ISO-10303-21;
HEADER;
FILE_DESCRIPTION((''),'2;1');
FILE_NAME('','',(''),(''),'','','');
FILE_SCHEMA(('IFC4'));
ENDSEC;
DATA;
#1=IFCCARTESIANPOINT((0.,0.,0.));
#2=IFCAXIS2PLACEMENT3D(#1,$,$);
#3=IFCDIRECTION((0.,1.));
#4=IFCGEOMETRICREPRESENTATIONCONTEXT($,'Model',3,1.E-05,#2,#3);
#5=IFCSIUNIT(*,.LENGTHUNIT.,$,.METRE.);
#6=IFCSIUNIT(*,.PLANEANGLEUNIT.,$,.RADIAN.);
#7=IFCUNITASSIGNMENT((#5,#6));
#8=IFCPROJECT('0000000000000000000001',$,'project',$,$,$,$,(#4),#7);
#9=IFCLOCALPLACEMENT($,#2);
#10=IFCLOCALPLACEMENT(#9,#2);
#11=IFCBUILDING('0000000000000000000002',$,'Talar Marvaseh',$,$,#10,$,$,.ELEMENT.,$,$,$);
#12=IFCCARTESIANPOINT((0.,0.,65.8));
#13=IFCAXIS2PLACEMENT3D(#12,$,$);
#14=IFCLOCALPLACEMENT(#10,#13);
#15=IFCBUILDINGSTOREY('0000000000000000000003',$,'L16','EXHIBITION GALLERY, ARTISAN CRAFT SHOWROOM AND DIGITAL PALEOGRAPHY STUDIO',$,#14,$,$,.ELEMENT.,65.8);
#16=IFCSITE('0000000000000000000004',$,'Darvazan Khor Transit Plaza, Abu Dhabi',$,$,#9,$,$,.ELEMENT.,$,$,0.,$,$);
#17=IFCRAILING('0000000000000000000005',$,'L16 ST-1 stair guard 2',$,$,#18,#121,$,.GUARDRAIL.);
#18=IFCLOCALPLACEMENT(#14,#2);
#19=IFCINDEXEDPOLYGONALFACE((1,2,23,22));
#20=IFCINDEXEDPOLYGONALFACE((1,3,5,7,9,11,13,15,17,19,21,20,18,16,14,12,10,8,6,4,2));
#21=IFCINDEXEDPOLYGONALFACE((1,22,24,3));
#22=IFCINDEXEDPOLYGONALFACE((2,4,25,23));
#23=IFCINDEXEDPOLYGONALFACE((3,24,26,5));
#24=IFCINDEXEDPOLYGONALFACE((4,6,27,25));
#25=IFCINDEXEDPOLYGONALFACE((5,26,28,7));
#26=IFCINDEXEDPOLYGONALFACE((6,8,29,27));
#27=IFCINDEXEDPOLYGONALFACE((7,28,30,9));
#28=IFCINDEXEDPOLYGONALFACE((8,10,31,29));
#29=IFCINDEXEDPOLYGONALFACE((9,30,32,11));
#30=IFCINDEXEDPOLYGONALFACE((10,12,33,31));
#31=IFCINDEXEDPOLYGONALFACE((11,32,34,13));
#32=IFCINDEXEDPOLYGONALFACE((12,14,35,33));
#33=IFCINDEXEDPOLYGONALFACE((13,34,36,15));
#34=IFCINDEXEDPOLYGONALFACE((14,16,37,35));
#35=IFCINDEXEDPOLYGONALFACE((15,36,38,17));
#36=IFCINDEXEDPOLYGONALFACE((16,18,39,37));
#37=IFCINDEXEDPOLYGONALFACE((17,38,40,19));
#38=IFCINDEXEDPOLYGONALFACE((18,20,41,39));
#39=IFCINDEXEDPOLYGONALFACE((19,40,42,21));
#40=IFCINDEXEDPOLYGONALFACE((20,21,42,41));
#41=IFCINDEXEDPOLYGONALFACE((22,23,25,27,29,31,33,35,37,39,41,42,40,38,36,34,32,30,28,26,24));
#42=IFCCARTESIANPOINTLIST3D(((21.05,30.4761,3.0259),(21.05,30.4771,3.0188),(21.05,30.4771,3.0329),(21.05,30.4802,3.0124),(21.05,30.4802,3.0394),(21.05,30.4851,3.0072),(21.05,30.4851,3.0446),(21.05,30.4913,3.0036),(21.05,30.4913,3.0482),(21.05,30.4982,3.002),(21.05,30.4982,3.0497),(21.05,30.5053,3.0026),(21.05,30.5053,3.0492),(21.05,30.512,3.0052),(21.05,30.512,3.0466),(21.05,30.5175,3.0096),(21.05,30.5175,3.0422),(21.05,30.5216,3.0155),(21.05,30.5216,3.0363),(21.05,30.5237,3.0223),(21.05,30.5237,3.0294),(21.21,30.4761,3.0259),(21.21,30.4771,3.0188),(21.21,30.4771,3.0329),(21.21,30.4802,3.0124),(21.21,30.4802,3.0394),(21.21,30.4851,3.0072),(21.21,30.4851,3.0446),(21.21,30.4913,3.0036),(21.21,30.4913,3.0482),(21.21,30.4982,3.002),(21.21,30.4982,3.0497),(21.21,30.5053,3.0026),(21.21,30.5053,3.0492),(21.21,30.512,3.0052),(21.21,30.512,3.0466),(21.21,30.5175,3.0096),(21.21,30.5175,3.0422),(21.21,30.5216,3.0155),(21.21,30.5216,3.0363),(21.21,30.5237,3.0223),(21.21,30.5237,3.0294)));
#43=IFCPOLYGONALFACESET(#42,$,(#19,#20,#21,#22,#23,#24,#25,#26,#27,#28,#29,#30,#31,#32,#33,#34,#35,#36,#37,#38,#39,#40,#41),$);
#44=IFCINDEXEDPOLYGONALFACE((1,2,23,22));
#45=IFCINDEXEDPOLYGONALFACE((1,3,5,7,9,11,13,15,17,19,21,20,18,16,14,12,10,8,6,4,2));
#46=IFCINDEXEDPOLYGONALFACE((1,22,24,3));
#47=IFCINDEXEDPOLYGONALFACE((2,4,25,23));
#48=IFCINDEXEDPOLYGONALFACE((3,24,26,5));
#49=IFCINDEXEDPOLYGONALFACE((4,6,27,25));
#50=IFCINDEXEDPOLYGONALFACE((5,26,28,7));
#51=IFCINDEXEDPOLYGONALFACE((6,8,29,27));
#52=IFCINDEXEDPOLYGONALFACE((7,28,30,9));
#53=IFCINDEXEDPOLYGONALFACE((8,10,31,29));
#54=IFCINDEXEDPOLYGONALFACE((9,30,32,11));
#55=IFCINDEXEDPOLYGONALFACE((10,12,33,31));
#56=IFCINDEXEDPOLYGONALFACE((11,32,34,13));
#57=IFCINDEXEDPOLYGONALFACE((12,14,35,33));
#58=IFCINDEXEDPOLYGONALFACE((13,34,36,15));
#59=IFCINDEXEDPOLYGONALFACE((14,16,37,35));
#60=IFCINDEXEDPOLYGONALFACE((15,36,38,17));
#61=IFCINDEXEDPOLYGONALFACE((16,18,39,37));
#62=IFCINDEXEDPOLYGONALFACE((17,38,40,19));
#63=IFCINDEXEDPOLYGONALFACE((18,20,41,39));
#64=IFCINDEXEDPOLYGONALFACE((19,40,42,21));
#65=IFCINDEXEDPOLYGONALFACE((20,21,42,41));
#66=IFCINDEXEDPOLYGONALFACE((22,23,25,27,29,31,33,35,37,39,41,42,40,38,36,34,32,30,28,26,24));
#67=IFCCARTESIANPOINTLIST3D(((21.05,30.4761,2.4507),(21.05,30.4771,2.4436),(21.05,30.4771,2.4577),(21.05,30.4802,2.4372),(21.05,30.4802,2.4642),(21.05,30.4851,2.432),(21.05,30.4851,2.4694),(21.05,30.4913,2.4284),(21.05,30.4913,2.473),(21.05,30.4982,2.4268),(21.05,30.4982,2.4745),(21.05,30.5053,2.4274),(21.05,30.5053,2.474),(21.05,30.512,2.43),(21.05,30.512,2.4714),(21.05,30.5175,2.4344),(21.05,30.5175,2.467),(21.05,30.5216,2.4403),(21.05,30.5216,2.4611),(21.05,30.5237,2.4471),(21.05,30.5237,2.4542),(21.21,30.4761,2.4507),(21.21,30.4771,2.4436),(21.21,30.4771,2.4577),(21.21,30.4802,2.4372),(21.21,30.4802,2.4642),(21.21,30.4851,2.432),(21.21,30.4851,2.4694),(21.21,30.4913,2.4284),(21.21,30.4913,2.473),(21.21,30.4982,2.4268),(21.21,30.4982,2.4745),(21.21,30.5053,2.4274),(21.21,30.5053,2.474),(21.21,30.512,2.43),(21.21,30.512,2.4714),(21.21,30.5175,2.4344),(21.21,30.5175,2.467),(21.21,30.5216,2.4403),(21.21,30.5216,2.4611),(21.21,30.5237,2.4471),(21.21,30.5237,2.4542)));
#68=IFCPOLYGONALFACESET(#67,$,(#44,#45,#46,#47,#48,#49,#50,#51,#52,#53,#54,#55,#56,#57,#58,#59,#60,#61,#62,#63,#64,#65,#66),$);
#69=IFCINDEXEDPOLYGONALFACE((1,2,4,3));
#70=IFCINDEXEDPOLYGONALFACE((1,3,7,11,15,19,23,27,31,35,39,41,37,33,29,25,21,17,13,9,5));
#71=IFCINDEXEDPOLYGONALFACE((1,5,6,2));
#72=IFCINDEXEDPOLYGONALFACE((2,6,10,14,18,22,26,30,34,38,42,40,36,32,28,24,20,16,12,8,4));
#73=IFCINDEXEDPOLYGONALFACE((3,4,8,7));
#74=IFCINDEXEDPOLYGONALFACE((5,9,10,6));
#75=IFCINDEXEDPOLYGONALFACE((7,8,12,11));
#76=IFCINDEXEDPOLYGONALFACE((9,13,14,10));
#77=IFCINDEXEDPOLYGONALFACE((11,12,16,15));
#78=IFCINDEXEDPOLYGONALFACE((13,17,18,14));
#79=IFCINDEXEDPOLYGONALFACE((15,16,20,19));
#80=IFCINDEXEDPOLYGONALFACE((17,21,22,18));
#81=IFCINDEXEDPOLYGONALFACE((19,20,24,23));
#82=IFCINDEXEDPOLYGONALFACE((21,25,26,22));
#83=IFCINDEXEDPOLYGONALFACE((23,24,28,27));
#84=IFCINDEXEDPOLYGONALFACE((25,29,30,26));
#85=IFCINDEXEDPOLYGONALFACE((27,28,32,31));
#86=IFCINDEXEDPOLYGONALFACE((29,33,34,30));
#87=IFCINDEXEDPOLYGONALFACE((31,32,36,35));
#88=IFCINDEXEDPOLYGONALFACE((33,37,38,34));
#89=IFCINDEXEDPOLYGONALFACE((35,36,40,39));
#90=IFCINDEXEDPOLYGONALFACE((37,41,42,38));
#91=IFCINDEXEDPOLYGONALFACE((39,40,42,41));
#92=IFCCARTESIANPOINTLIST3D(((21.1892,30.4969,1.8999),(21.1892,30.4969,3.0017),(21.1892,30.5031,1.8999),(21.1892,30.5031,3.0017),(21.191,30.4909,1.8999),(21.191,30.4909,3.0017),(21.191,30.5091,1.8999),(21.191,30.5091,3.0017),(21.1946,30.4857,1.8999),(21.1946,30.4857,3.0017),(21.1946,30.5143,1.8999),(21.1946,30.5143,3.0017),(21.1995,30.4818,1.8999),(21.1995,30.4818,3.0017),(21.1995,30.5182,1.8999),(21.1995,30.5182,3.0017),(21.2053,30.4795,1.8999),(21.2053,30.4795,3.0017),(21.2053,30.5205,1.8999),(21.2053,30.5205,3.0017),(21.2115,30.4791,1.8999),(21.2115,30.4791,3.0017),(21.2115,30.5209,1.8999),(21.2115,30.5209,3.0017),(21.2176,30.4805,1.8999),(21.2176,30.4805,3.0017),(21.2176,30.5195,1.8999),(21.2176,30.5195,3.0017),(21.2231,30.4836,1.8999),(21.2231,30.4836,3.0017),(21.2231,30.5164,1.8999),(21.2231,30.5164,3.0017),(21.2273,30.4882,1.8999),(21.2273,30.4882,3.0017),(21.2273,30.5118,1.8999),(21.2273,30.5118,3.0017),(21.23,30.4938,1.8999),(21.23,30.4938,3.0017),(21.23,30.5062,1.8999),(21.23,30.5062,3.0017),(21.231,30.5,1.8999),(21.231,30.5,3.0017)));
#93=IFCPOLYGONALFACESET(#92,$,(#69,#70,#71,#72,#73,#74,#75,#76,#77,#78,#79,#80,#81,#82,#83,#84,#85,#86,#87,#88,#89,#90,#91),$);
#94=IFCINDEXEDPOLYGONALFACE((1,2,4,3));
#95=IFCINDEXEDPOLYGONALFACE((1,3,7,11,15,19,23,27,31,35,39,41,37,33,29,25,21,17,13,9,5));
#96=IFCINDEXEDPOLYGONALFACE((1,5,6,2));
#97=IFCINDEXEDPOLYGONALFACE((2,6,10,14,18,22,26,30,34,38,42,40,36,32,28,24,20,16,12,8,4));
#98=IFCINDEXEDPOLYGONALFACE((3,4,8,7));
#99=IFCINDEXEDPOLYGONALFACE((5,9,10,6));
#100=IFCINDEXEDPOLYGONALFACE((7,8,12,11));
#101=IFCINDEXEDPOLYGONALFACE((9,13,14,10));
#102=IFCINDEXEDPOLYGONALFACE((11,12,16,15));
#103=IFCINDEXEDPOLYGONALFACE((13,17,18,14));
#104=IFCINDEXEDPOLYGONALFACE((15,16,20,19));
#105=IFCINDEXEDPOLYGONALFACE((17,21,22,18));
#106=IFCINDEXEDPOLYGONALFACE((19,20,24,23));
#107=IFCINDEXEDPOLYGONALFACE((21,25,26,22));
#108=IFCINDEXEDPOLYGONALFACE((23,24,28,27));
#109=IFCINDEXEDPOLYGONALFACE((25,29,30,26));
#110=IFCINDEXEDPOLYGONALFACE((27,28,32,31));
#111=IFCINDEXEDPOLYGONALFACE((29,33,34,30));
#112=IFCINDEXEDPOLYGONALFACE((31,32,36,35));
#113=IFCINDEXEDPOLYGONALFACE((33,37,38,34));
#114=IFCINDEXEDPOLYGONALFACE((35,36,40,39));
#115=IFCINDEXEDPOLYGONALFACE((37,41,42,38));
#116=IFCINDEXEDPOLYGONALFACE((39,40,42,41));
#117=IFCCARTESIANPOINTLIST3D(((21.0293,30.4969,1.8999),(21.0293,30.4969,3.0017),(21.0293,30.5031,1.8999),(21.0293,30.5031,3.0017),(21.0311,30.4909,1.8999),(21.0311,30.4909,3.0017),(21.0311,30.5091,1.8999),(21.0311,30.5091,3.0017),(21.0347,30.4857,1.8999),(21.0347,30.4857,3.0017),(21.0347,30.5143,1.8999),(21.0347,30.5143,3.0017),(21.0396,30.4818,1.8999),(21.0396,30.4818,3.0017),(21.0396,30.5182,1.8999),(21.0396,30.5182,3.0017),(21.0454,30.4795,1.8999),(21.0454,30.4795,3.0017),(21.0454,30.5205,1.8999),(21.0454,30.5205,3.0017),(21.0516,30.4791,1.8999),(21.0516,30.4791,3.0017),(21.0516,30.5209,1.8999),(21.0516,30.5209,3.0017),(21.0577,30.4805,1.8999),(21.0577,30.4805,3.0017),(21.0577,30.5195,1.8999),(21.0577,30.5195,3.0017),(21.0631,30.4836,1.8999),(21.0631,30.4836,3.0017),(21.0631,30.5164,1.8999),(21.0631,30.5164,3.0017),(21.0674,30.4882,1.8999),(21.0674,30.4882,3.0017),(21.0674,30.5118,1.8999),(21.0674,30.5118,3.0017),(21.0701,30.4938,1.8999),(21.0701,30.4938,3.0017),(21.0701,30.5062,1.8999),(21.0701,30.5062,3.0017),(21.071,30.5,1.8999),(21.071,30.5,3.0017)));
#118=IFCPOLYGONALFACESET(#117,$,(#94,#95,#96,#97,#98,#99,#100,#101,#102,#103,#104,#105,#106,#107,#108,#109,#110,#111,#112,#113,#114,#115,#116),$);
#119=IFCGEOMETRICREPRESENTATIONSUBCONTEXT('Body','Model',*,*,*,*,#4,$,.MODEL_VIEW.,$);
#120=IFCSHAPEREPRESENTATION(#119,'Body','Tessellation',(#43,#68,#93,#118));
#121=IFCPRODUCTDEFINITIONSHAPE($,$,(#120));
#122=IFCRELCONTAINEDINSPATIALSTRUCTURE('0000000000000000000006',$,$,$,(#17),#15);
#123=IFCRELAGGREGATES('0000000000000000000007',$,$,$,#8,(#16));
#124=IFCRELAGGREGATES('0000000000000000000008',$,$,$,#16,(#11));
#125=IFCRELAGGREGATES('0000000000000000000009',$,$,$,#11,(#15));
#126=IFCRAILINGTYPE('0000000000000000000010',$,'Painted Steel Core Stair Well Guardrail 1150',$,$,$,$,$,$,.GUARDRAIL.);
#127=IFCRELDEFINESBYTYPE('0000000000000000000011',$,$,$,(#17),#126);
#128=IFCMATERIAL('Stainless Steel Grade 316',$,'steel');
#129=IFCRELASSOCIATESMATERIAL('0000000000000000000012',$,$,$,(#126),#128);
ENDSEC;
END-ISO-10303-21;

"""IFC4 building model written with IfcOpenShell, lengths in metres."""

from ifc_helpers import new_model, si_unit, direction, frame, origin, origin_2d, place, context, subcontext, project, spatial, circle, extrude, material, type_object, element, save


model = new_model("IFC4")

# Units and contexts
model_context = context("Model", 3, precision=1e-05, world=origin(), true_north=direction((0.0, 1.0)))
body_context = subcontext(model_context, "Body", "Model", "MODEL_VIEW")
ifc_project = project(units=[si_unit("LENGTHUNIT", "METRE"), si_unit("PLANEANGLEUNIT", "RADIAN")], contexts=[model_context])

# Site, building, storey
site_placement = place(None, origin())
site = spatial("IfcSite", under=ifc_project, at=site_placement, Name="Darvazan Khor Transit Plaza, Abu Dhabi", CompositionType="ELEMENT", RefElevation=0.0)
building_placement = place(site_placement, origin())
building = spatial("IfcBuilding", under=site, at=building_placement, Name="Talar Marvaseh", CompositionType="ELEMENT")
storey_placement = place(building_placement, frame((0.0, 0.0, 65.8)))
storey = spatial("IfcBuildingStorey", under=building, at=storey_placement, Name="L16", Description="EXHIBITION GALLERY, ARTISAN CRAFT SHOWROOM AND DIGITAL PALEOGRAPHY STUDIO", CompositionType="ELEMENT", Elevation=65.8)

# Railing
ifc_material_1 = material(Name="Stainless Steel Grade 316", Category="steel")
railing_type_1 = type_object("IfcRailingType", Name="Painted Steel Core Stair Well Guardrail 1150", PredefinedType="GUARDRAIL", material=ifc_material_1)
railing_1_placement = place(storey_placement, frame((21.21, 30.5, 1.8999)))
element("IfcRailing", 1, at=railing_1_placement, inside=storey, type_object=railing_type_1, Name="L16 ST-1 stair guard 2", PredefinedType="GUARDRAIL", context=body_context, shape_type="SweptSolid", body=[
    extrude(circle(Radius=0.0239, at=origin_2d()), frame((0.0, 0.0, 1.126), z_axis=(-1.0, 0.0, 0.0), x_axis=(0.0, -1.0, 0.0)), (0.0, 0.0, 1.0), 0.1599),
    extrude(circle(Radius=0.0239, at=origin_2d()), frame((0.0, 0.0, 0.5508), z_axis=(-1.0, 0.0, 0.0), x_axis=(0.0, -1.0, 0.0)), (0.0, 0.0, 1.0), 0.1599),
    extrude(circle(Radius=0.021, at=origin_2d()), origin(), (0.0, 0.0, 1.0), 1.1018),
    extrude(circle(Radius=0.021, at=origin_2d()), frame((-0.1599, 0.0, 0.0)), (0.0, 0.0, 1.0), 1.1018),
])

save(model, "model.ifc")
